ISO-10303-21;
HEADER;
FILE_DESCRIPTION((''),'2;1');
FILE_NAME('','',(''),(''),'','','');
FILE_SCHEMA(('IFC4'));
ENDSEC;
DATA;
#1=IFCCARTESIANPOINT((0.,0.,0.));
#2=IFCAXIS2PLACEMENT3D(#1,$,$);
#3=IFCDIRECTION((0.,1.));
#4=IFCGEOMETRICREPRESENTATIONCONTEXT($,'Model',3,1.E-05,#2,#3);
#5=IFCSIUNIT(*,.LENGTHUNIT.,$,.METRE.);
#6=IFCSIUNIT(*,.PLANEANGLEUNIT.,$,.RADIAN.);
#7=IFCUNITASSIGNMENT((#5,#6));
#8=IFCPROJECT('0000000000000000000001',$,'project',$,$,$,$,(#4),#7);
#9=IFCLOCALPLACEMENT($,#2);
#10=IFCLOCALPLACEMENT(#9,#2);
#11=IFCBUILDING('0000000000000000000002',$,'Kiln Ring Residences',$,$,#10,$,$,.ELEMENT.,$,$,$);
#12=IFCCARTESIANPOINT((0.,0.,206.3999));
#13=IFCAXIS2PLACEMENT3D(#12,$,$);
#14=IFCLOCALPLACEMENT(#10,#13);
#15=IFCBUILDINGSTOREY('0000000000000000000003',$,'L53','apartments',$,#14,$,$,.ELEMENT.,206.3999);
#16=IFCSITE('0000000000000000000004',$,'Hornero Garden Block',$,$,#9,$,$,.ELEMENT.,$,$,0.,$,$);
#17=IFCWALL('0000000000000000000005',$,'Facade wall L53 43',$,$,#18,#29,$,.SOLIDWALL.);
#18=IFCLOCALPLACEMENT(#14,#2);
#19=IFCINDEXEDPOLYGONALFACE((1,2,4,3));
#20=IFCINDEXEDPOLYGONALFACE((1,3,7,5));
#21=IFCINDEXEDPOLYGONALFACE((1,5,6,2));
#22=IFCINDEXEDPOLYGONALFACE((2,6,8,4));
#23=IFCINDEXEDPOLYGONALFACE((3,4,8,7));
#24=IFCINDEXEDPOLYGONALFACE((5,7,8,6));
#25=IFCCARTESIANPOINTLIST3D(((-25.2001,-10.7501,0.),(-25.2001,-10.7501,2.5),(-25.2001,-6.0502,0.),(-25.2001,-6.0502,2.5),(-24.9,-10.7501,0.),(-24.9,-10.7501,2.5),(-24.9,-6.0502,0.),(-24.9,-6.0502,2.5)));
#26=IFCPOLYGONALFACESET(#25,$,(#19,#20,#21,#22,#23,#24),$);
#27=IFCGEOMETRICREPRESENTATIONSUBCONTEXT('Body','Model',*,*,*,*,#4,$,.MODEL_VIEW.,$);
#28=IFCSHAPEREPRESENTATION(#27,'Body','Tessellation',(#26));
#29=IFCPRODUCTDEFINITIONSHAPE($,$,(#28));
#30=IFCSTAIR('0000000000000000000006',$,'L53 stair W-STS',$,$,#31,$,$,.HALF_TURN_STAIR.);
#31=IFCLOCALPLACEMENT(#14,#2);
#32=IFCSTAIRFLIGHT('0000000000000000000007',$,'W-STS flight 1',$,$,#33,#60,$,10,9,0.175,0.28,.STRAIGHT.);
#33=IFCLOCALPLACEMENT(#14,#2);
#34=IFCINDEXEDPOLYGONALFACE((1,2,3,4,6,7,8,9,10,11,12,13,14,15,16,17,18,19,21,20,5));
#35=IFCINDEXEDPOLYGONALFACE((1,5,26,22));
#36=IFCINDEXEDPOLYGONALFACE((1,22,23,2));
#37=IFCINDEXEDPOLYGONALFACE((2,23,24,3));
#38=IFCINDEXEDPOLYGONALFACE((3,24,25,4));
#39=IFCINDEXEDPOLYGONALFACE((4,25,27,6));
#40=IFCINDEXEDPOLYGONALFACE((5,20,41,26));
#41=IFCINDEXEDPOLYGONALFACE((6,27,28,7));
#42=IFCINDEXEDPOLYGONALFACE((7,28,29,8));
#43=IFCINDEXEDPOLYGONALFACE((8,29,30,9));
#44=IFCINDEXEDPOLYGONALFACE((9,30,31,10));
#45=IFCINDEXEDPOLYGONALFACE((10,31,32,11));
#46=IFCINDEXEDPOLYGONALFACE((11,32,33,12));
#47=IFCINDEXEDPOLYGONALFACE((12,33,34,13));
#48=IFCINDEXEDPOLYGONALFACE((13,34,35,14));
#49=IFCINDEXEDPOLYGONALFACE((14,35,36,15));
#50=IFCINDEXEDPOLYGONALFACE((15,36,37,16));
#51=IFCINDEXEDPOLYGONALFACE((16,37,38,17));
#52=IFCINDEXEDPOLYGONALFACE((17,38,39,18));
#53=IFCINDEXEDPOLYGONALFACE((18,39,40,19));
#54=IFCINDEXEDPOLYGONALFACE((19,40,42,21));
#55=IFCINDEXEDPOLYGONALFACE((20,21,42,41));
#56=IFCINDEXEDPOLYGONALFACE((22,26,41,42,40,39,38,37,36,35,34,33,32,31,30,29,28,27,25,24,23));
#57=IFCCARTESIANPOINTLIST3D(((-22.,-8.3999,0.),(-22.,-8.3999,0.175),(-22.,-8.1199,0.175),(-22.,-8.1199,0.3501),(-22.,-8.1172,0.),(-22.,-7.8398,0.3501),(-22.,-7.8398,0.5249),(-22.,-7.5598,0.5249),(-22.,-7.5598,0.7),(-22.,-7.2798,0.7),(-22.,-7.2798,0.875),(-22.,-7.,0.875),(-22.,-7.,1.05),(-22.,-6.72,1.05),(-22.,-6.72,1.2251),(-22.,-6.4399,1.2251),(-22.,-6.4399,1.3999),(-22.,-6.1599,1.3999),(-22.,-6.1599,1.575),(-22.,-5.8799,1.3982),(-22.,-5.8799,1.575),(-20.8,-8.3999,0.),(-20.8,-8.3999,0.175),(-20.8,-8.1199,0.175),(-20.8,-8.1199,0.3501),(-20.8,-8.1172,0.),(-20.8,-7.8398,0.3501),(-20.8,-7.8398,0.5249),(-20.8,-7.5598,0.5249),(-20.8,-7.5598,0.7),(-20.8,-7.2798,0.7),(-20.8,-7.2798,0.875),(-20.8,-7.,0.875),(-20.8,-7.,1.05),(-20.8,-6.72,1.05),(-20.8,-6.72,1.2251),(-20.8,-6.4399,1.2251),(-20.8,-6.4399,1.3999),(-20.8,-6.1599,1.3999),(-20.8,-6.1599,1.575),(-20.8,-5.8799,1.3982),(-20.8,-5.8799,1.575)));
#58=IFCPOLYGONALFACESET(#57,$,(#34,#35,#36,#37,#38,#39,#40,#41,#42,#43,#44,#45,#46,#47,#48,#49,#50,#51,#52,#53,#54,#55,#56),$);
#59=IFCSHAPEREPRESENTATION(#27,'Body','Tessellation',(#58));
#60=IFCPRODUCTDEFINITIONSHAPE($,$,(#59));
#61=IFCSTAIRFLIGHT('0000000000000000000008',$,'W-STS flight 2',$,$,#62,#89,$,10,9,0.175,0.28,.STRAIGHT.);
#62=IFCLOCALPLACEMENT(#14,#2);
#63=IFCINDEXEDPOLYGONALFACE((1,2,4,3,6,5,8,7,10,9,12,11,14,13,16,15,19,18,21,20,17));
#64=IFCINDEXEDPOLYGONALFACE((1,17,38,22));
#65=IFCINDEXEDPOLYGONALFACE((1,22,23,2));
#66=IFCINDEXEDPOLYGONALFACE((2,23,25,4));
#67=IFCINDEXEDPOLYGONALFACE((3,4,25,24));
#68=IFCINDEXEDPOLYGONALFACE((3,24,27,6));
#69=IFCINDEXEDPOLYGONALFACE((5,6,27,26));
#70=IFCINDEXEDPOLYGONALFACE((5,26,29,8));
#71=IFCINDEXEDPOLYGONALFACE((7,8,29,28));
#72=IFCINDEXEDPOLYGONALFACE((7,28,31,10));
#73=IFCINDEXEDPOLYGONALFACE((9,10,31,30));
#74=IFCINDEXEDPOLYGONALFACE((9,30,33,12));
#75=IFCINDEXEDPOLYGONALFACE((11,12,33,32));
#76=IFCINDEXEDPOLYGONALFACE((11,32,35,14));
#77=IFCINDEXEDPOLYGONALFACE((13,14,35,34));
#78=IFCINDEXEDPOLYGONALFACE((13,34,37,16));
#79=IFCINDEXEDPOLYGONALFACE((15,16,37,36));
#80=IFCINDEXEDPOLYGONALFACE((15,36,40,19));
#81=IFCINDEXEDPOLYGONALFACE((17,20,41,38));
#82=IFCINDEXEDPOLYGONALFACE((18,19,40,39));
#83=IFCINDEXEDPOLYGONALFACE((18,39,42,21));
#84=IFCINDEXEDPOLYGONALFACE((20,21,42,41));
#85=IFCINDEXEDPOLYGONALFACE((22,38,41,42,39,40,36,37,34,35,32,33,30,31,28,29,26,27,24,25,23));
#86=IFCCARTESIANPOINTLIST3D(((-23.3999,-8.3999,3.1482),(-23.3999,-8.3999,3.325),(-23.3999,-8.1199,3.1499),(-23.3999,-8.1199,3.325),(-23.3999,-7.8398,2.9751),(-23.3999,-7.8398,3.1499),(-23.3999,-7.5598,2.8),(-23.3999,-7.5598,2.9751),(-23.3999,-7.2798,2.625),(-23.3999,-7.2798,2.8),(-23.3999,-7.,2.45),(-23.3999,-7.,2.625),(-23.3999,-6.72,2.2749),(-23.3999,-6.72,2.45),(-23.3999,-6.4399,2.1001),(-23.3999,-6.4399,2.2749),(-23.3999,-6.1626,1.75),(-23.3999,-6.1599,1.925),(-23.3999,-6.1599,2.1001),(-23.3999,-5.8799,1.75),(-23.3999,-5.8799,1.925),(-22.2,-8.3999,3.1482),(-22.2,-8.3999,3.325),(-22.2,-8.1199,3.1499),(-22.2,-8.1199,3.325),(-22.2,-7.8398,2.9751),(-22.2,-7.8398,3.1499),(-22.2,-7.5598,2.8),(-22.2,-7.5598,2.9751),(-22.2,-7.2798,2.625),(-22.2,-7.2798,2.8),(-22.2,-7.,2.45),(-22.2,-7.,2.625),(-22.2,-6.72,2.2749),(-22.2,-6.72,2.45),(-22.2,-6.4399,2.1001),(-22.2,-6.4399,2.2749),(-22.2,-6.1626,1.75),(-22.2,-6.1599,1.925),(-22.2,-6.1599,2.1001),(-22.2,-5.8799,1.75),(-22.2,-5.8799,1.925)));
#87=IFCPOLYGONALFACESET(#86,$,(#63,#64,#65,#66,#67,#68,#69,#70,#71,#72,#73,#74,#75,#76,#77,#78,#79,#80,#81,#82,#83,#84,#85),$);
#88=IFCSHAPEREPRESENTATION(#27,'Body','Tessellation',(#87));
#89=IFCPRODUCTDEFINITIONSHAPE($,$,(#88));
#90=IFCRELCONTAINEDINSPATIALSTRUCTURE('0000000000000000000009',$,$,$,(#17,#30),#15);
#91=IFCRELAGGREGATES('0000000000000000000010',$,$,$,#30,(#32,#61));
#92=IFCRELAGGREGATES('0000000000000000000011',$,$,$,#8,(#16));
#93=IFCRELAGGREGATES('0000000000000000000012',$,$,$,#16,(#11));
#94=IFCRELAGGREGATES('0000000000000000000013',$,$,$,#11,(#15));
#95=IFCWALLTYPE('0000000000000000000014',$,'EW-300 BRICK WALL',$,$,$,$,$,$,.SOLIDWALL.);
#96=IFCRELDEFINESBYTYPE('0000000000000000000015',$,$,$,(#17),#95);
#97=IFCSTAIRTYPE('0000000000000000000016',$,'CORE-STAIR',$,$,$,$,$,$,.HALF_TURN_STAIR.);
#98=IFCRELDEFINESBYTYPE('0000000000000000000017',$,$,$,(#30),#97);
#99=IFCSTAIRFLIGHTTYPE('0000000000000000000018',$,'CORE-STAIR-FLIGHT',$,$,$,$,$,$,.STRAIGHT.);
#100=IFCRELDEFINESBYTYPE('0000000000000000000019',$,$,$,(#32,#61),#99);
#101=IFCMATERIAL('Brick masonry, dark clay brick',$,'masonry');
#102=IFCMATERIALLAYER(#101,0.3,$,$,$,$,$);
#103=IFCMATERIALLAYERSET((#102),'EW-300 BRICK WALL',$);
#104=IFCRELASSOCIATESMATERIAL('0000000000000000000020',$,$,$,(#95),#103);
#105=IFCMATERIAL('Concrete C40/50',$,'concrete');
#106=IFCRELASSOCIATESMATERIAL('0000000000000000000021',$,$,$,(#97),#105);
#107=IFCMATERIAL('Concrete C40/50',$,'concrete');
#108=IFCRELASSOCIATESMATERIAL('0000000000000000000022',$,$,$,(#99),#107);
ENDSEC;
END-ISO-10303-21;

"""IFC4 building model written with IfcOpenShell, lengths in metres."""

from ifc_helpers import new_model, si_unit, direction, frame, frame_2d, origin, place, context, subcontext, project, spatial, polyline, rectangle, outline, extrude, material, layer, layer_set, type_object, element, aggregate, save


model = new_model("IFC4")

# Units and contexts
model_context = context("Model", 3, precision=1e-05, world=origin(), true_north=direction((0.0, 1.0)))
body_context = subcontext(model_context, "Body", "Model", "MODEL_VIEW")
ifc_project = project(units=[si_unit("LENGTHUNIT", "METRE"), si_unit("PLANEANGLEUNIT", "RADIAN")], contexts=[model_context])

# Site, building, storey
site_placement = place(None, origin())
site = spatial("IfcSite", under=ifc_project, at=site_placement, Name="Hornero Garden Block", CompositionType="ELEMENT", RefElevation=0.0)
building_placement = place(site_placement, origin())
building = spatial("IfcBuilding", under=site, at=building_placement, Name="Kiln Ring Residences", CompositionType="ELEMENT")
storey_placement = place(building_placement, frame((0.0, 0.0, 206.3999)))
storey = spatial("IfcBuildingStorey", under=building, at=storey_placement, Name="L53", Description="apartments", CompositionType="ELEMENT", Elevation=206.3999)

# Wall
ifc_material_1 = material(Name="Brick masonry, dark clay brick", Category="masonry")
ifc_layer_1 = layer(ifc_material_1, 0.3)
ifc_layer_set_1 = layer_set([ifc_layer_1], Name="EW-300 BRICK WALL")
wall_type_1 = type_object("IfcWallType", Name="EW-300 BRICK WALL", PredefinedType="SOLIDWALL", material=ifc_layer_set_1)
for number, where, z_axis, x_axis, name in (
    (1, (-25.05, -6.05, 0.0), (0.0, 0.0, 1.0), (0.0, -1.0, 0.0), "Facade wall L53 43"),
):
    element("IfcWall", number, at=place(storey_placement, frame(where, z_axis=z_axis, x_axis=x_axis)), inside=storey, type_object=wall_type_1, Name=name, PredefinedType="SOLIDWALL", context=body_context, shape_type="SweptSolid", body=[
        extrude(rectangle(XDim=4.7, YDim=0.3, at=frame_2d((2.3501, 0.0))), origin(), (0.0, 0.0, 1.0), 2.5),
    ])

# Stair, stair flights
ifc_material_2 = material(Name="Concrete C40/50", Category="concrete")
stair_type = type_object("IfcStairType", Name="CORE-STAIR", PredefinedType="HALF_TURN_STAIR", material=ifc_material_2)
stair_placement = place(storey_placement, origin())
stair = element("IfcStair", 2, at=stair_placement, inside=storey, type_object=stair_type, Name="L53 stair W-STS", PredefinedType="HALF_TURN_STAIR")
ifc_material_3 = material(Name="Concrete C40/50", Category="concrete")
stair_flight_type = type_object("IfcStairFlightType", Name="CORE-STAIR-FLIGHT", PredefinedType="STRAIGHT", material=ifc_material_3)
stair_flight_1_placement = place(storey_placement, frame((-21.3999, -8.3999, 0.0), z_axis=(0.0, 0.0, 1.0), x_axis=(0.0, 1.0, 0.0)))
stair_flight_1 = element("IfcStairFlight", 3, at=stair_flight_1_placement, type_object=stair_flight_type, Name="W-STS flight 1", NumberOfRisers=10, NumberOfTreads=9, PredefinedType="STRAIGHT", RiserHeight=0.175, TreadLength=0.28, context=body_context, shape_type="SweptSolid", body=[
    extrude(outline(polyline([(0.0, 0.0), (0.0, 0.175), (0.28, 0.175), (0.28, 0.3501), (0.5601, 0.3501), (0.5601, 0.5249), (0.8401, 0.5249), (0.8401, 0.7), (1.1201, 0.7), (1.1201, 0.875), (1.3999, 0.875), (1.3999, 1.05), (1.6799, 1.05), (1.6799, 1.2251), (1.96, 1.2251), (1.96, 1.3999), (2.24, 1.3999), (2.24, 1.575), (2.52, 1.575), (2.52, 1.75), (2.52, 1.3982), (0.2827, 0.0), (0.0, 0.0)])), frame((0.0, 0.6001, 0.0), z_axis=(0.0, -1.0, 0.0), x_axis=(1.0, 0.0, 0.0)), (0.0, 0.0, 1.0), 1.2),
])
stair_flight_2_placement = place(storey_placement, frame((-22.8, -5.8799, 1.75), z_axis=(0.0, 0.0, 1.0), x_axis=(0.0, -1.0, 0.0)))
stair_flight_2 = element("IfcStairFlight", 4, at=stair_flight_2_placement, type_object=stair_flight_type, Name="W-STS flight 2", NumberOfRisers=10, NumberOfTreads=9, PredefinedType="STRAIGHT", RiserHeight=0.175, TreadLength=0.28, context=body_context, shape_type="SweptSolid", body=[
    extrude(outline(polyline([(0.0, 0.0), (0.0, 0.175), (0.28, 0.175), (0.28, 0.3501), (0.5601, 0.3501), (0.5601, 0.5249), (0.8401, 0.5249), (0.8401, 0.7), (1.1201, 0.7), (1.1201, 0.875), (1.3999, 0.875), (1.3999, 1.05), (1.6799, 1.05), (1.6799, 1.2251), (1.96, 1.2251), (1.96, 1.3999), (2.24, 1.3999), (2.24, 1.575), (2.52, 1.575), (2.52, 1.75), (2.52, 1.3982), (0.2827, 0.0), (0.0, 0.0)])), frame((0.0, 0.6001, 0.0), z_axis=(0.0, -1.0, 0.0), x_axis=(1.0, 0.0, 0.0)), (0.0, 0.0, 1.0), 1.2),
])
aggregate(stair, [stair_flight_1, stair_flight_2])

save(model, "model.ifc")
